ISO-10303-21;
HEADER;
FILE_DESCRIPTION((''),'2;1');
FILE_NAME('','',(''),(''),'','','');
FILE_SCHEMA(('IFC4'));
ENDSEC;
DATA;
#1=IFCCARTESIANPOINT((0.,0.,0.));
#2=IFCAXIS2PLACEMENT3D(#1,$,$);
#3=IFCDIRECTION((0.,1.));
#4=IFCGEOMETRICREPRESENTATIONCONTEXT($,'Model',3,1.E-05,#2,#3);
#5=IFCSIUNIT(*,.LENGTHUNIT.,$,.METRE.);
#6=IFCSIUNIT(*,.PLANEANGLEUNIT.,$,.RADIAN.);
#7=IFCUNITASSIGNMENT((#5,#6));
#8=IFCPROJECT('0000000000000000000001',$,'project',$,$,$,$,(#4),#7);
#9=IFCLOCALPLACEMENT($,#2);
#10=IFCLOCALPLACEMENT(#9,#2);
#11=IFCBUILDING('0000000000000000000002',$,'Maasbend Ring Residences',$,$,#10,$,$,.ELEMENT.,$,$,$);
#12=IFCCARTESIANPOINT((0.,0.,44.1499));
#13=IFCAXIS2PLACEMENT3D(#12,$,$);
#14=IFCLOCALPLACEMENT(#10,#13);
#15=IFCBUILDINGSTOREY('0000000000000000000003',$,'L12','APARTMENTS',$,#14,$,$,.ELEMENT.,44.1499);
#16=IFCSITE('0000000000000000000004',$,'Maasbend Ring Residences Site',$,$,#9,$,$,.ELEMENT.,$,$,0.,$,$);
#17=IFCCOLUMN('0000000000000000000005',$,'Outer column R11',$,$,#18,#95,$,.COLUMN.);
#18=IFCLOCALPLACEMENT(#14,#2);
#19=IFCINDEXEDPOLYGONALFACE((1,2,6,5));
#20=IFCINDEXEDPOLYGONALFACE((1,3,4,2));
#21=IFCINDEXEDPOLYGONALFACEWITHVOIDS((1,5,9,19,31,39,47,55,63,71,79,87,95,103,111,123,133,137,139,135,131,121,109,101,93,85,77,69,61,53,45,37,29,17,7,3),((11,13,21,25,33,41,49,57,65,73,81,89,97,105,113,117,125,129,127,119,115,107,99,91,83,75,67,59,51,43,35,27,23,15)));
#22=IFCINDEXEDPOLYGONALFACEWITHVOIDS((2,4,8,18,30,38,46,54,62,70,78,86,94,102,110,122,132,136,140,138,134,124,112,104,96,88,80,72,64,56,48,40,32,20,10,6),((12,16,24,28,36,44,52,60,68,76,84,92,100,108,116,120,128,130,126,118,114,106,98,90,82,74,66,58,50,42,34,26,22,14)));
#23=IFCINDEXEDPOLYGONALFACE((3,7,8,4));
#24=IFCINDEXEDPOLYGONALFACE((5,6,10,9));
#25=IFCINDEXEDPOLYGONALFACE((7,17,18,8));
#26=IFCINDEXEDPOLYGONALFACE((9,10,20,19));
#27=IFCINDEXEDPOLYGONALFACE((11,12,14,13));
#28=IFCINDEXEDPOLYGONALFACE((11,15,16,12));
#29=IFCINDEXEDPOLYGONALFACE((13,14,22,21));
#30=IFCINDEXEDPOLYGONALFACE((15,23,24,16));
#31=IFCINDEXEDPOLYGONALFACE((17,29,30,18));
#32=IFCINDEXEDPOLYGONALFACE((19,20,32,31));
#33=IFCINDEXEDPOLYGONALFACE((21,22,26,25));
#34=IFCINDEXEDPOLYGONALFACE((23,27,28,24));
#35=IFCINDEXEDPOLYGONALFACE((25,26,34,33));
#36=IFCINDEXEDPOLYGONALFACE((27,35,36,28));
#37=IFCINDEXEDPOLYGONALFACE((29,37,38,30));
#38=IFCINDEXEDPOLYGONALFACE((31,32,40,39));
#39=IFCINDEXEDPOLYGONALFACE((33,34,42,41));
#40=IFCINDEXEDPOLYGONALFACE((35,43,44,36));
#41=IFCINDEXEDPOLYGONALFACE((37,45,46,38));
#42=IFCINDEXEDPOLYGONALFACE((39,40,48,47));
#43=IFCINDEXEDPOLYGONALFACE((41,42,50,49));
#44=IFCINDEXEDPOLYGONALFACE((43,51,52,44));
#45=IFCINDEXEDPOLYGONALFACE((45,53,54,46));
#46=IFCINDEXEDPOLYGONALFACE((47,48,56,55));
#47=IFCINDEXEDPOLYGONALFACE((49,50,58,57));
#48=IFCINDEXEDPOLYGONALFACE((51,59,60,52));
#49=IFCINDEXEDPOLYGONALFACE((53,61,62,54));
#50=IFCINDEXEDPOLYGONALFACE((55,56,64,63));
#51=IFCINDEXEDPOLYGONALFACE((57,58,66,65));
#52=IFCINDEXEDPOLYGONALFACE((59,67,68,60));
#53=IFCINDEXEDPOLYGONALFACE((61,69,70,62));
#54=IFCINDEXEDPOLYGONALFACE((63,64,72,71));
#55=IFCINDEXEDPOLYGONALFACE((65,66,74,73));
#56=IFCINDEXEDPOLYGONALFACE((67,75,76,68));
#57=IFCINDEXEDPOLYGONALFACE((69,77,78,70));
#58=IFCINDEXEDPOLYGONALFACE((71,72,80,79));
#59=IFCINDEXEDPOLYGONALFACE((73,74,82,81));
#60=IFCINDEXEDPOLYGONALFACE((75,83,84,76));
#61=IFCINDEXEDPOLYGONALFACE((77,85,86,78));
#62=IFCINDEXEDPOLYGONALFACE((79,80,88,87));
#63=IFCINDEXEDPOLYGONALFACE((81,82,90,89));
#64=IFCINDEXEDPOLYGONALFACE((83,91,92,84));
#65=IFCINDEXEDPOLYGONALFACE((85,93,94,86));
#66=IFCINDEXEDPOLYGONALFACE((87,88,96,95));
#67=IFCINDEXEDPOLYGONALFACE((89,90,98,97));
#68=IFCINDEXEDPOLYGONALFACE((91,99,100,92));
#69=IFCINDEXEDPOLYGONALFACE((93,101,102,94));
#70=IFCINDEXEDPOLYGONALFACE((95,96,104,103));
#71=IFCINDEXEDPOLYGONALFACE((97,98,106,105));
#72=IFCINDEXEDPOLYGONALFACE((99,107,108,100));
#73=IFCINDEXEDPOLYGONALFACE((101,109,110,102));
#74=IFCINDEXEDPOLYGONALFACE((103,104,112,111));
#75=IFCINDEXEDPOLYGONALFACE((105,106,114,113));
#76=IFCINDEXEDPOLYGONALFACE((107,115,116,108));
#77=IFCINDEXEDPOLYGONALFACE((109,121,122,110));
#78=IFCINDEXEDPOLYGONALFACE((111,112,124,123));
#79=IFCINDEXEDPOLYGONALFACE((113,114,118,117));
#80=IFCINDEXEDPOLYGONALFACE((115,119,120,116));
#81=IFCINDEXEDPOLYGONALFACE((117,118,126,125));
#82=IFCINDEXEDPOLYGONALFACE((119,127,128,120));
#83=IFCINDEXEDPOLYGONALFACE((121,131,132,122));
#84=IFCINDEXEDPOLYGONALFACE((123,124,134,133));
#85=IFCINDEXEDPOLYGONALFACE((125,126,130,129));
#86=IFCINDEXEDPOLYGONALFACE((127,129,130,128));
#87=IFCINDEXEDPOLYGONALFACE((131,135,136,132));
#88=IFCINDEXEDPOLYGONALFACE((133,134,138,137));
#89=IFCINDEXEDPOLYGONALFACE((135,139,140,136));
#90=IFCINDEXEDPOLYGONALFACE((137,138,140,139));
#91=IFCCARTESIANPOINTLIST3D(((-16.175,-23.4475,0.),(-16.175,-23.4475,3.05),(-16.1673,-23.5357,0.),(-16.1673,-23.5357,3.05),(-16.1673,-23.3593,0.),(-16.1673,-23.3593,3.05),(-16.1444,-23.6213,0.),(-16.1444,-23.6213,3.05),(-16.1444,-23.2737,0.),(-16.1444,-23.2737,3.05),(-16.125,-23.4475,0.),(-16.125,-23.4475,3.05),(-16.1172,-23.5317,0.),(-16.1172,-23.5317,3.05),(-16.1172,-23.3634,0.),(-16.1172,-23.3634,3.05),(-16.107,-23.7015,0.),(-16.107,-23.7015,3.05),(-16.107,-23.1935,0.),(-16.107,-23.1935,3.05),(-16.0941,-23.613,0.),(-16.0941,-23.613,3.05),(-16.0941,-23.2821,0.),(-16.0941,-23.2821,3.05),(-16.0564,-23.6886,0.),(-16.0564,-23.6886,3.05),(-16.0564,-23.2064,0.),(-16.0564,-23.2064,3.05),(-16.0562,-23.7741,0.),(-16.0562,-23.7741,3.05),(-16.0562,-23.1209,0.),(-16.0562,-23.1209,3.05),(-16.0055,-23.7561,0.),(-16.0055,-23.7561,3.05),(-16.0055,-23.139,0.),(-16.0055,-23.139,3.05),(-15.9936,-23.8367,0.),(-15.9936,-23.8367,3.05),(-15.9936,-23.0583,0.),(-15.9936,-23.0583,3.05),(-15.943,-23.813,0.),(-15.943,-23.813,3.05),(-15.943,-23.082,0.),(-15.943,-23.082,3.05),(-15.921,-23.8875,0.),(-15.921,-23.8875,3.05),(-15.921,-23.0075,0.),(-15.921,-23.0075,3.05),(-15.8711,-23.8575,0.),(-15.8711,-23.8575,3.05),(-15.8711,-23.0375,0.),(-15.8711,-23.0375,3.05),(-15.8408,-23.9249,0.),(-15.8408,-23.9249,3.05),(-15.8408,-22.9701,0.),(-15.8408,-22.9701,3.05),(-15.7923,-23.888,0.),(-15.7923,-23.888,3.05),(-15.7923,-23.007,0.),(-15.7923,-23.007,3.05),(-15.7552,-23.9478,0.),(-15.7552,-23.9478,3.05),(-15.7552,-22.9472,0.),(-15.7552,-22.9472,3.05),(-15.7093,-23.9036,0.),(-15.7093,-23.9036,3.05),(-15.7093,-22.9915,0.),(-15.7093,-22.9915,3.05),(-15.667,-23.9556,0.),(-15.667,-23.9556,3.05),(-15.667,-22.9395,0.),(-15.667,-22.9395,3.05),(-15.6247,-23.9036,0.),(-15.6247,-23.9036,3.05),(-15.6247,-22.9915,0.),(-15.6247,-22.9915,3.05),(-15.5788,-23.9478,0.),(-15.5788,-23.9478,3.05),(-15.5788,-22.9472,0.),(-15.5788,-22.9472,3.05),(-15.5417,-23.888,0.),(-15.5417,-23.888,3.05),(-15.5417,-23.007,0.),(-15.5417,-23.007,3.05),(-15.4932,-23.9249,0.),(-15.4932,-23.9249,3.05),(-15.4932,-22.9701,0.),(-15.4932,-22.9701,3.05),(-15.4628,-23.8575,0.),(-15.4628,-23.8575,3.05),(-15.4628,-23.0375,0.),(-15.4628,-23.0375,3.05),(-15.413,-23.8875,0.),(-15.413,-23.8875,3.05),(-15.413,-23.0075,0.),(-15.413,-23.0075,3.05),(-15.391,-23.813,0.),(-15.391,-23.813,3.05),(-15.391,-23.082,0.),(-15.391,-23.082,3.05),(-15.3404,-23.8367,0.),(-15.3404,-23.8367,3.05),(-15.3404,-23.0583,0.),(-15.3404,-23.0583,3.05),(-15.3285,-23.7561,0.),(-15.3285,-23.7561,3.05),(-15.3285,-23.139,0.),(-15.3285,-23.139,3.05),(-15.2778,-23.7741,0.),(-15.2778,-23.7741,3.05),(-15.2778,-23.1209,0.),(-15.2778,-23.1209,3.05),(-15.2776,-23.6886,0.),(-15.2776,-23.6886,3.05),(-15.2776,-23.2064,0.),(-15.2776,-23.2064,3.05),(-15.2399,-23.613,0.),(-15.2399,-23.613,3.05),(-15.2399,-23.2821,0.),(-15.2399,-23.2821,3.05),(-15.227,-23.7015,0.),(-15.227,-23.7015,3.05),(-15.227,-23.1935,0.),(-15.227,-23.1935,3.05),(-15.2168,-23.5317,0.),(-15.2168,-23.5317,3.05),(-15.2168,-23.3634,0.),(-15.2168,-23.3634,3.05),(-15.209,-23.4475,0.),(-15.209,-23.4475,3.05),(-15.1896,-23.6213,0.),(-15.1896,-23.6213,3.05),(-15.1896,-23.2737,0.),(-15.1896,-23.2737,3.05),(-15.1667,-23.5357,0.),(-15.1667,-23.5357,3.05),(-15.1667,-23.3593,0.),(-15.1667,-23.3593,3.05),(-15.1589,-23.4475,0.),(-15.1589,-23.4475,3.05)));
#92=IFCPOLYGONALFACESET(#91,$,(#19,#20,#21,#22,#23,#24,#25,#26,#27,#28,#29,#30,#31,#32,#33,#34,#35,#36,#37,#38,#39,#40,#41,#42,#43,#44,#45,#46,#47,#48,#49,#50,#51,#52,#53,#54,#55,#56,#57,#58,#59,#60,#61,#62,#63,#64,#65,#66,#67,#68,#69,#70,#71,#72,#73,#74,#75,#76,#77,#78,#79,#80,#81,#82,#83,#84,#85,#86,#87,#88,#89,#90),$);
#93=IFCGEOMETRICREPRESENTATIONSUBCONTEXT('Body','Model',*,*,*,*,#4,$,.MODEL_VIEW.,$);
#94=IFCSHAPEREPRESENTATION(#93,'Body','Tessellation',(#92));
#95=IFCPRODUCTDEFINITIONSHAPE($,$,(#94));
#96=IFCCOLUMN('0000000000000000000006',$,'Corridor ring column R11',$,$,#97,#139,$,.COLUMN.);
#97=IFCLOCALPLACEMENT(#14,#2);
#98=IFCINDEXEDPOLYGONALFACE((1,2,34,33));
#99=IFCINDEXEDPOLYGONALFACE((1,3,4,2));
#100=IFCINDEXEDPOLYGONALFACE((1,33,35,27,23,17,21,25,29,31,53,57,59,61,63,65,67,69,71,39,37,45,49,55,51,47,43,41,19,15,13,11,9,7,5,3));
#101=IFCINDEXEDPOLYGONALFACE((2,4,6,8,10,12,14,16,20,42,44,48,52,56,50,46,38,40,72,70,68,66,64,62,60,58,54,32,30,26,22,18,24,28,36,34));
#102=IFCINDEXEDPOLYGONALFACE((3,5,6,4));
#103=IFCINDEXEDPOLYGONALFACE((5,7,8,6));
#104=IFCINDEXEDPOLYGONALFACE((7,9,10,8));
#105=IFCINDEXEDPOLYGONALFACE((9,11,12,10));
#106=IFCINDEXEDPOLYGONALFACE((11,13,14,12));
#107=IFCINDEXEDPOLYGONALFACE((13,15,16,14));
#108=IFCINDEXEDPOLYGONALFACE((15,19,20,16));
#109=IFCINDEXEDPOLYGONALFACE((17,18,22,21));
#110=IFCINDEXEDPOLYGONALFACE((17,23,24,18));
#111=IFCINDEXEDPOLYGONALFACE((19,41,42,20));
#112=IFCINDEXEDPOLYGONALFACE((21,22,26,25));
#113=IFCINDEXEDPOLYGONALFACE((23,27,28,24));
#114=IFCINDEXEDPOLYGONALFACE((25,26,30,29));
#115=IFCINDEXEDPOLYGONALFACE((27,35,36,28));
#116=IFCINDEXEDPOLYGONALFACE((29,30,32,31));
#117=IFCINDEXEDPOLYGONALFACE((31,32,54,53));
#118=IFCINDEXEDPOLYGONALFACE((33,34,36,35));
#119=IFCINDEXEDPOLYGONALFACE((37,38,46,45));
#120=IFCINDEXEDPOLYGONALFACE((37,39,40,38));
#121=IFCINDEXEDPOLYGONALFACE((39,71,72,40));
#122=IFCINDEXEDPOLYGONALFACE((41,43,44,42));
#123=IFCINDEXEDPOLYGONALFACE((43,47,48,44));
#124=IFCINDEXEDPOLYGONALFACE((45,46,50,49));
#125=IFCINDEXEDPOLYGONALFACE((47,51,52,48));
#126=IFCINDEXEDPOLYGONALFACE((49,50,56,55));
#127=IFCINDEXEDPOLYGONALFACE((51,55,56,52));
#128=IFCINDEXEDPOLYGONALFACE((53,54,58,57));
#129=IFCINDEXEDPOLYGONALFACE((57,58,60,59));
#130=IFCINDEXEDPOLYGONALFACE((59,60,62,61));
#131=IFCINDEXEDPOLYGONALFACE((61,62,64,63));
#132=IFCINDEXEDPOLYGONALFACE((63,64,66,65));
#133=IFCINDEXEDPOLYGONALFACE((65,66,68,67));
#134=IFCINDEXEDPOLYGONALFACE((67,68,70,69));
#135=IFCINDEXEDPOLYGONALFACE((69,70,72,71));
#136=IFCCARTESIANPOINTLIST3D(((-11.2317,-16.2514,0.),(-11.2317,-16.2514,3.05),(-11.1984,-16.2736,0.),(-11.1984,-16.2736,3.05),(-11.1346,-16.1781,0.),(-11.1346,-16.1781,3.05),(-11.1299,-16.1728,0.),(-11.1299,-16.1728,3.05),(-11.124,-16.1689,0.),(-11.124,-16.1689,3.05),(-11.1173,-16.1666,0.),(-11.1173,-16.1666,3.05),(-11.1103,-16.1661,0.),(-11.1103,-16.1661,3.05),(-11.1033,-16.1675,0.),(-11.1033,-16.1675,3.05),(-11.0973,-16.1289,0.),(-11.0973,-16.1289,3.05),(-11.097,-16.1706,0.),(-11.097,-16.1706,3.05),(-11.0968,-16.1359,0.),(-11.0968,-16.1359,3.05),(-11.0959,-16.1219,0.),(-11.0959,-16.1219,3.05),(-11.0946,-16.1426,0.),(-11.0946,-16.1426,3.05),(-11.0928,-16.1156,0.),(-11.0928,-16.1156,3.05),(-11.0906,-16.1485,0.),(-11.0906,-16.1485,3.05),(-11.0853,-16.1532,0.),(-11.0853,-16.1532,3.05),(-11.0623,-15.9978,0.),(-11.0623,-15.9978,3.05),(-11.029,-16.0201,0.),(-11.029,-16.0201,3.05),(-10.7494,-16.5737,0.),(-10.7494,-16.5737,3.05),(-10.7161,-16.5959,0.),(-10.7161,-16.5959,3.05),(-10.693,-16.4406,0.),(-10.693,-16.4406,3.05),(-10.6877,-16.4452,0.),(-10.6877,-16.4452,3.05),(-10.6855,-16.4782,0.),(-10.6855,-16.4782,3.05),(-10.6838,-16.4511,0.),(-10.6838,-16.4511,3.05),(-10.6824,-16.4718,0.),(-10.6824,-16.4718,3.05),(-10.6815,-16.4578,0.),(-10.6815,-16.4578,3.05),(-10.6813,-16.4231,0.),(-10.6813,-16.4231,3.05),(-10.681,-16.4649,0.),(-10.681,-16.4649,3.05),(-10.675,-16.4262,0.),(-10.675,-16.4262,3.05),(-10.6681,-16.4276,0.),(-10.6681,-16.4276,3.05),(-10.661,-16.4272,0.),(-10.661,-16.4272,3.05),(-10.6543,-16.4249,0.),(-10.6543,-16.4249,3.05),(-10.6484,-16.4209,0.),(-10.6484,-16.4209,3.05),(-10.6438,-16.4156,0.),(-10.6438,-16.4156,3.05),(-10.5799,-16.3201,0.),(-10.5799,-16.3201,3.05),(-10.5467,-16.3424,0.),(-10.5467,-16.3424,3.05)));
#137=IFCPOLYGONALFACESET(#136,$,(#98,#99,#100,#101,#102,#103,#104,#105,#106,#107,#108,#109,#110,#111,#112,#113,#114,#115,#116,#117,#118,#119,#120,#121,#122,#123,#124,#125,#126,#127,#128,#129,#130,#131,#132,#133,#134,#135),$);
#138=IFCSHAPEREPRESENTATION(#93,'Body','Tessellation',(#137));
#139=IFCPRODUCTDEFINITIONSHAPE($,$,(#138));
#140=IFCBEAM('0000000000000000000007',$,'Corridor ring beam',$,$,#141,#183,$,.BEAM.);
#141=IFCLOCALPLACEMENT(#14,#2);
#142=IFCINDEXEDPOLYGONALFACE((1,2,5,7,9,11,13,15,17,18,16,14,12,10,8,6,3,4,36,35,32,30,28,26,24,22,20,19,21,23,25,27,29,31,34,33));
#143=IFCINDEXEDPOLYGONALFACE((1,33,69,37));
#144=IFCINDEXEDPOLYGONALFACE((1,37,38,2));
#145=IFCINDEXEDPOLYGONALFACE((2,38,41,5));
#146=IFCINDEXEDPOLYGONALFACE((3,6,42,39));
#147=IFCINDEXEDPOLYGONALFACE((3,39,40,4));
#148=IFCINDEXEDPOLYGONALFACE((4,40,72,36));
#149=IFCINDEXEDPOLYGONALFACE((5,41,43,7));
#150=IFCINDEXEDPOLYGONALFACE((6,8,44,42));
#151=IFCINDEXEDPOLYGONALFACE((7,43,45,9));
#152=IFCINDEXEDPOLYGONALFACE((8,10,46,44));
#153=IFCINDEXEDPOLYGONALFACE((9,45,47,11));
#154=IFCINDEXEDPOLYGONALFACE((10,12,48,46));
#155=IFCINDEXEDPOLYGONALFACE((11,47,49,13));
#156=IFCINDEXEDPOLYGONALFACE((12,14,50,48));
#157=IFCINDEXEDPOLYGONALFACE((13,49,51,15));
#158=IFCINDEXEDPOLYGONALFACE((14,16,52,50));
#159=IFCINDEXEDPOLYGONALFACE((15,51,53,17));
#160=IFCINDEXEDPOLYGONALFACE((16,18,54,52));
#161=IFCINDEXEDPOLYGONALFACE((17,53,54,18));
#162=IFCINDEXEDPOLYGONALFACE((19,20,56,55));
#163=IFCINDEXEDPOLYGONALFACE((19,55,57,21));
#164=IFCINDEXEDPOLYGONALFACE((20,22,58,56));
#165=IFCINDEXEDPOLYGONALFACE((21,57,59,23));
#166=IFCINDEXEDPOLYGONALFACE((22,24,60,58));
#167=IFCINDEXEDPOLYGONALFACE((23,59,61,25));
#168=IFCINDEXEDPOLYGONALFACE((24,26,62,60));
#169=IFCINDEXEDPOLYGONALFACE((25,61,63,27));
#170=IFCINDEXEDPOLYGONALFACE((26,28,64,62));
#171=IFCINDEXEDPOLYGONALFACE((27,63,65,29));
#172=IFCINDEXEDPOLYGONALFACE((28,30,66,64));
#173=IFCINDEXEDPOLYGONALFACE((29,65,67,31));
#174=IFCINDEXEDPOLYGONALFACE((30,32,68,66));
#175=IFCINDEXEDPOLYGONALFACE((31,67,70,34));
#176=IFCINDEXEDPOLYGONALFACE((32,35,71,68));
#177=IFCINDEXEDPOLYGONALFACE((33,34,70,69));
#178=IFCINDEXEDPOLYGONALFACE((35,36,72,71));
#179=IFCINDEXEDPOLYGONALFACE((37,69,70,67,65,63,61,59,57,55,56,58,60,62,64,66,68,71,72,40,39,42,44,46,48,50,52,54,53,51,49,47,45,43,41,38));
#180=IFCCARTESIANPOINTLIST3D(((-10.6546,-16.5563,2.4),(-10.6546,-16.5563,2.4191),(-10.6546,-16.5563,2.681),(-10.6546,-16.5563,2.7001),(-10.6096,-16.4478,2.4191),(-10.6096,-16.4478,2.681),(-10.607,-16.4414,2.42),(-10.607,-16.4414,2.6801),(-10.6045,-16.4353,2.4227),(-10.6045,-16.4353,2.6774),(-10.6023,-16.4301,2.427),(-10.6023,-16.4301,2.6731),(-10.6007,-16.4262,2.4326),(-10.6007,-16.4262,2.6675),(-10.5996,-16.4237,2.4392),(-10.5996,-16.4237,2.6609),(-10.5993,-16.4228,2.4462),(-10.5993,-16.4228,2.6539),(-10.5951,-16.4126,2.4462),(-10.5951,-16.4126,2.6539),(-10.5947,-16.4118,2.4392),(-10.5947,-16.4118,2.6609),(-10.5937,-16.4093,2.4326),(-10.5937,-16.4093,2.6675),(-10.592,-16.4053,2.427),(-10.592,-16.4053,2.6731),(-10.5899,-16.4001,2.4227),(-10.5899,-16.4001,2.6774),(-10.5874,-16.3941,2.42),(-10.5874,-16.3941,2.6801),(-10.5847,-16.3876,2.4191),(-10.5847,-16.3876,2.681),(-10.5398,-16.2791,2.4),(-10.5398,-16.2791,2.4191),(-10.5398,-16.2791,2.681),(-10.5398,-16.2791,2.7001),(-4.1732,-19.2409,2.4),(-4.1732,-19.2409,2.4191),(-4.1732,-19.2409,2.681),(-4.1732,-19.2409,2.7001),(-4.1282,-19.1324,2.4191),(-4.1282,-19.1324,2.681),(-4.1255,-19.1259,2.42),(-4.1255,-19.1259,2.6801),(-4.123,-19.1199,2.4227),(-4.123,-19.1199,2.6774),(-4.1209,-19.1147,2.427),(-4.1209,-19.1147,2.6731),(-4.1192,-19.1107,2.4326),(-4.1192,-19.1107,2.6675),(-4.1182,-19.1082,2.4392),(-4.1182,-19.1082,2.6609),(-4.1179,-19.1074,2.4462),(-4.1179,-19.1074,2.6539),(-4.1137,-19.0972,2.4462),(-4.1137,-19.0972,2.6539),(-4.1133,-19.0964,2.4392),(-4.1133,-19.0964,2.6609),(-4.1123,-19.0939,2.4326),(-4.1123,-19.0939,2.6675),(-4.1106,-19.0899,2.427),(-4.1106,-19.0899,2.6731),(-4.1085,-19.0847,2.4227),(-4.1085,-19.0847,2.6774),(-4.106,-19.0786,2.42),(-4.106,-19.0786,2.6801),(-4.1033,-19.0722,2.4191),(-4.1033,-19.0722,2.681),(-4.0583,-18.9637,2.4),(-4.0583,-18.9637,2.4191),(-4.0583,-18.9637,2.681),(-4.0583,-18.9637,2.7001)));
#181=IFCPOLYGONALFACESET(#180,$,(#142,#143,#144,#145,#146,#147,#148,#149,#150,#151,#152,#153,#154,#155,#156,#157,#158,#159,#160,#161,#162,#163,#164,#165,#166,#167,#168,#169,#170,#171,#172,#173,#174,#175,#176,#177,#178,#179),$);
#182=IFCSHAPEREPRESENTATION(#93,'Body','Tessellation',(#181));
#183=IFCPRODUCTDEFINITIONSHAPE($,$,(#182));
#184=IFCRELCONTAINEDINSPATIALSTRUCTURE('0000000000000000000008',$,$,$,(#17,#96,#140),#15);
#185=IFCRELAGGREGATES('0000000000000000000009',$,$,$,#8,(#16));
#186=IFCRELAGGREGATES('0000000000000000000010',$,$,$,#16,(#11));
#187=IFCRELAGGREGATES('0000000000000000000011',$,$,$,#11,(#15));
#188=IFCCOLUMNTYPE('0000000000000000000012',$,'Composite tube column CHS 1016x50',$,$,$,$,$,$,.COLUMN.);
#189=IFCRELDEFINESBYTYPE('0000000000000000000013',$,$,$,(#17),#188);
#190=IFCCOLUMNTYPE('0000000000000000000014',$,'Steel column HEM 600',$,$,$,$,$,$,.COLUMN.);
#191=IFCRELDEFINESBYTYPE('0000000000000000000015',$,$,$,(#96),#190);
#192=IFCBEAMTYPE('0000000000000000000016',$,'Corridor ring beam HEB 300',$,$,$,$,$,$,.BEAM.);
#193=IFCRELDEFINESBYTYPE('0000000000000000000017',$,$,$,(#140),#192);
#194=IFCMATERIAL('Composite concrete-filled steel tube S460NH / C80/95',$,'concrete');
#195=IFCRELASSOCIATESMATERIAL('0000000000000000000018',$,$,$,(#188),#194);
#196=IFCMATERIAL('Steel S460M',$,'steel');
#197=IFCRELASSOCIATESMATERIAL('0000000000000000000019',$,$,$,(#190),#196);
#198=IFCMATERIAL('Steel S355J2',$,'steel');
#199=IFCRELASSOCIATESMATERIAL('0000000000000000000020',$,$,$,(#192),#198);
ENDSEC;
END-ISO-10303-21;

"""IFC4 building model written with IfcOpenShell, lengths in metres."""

from ifc_helpers import new_model, si_unit, direction, frame, origin, origin_2d, place, context, subcontext, project, spatial, hollow_circle, i_section, extrude, material, material_profile, profile_set, type_object, element, save


model = new_model("IFC4")

# Units and contexts
model_context = context("Model", 3, precision=1e-05, world=origin(), true_north=direction((0.0, 1.0)))
body_context = subcontext(model_context, "Body", "Model", "MODEL_VIEW")
ifc_project = project(units=[si_unit("LENGTHUNIT", "METRE"), si_unit("PLANEANGLEUNIT", "RADIAN")], contexts=[model_context])

# Site, building, storey
site_placement = place(None, origin())
site = spatial("IfcSite", under=ifc_project, at=site_placement, Name="Maasbend Ring Residences Site", CompositionType="ELEMENT", RefElevation=0.0)
building_placement = place(site_placement, origin())
building = spatial("IfcBuilding", under=site, at=building_placement, Name="Maasbend Ring Residences", CompositionType="ELEMENT")
storey_placement = place(building_placement, frame((0.0, 0.0, 44.1499)))
storey = spatial("IfcBuildingStorey", under=building, at=storey_placement, Name="L12", Description="APARTMENTS", CompositionType="ELEMENT", Elevation=44.1499)

# Columns
ifc_material_1 = material(Name="Composite concrete-filled steel tube S460NH / C80/95", Category="concrete")
ifc_material_profile_1 = material_profile(ifc_material_1, hollow_circle(Radius=0.5081, WallThickness=0.05, at=origin_2d()), Name="Composite tube column CHS 1016x50")
ifc_profile_set_1 = profile_set([ifc_material_profile_1], Name="Composite concrete-filled steel tube S460NH / C80/95")
column_type_1 = type_object("IfcColumnType", Name="Composite tube column CHS 1016x50", PredefinedType="COLUMN", material=ifc_profile_set_1)
column_1_placement = place(storey_placement, frame((-15.667, -23.4475, 0.0), z_axis=(0.0, 0.0, 1.0), x_axis=(1.0, 0.0, 0.0)))
element("IfcColumn", 1, at=column_1_placement, inside=storey, type_object=column_type_1, Name="Outer column R11", PredefinedType="COLUMN", context=body_context, shape_type="SweptSolid", body=[
    extrude(hollow_circle(Radius=0.5081, WallThickness=0.05, at=origin_2d()), origin(), (0.0, 0.0, 1.0), 3.05),
])
ifc_material_2 = material(Name="Steel S460M", Category="steel")
ifc_material_profile_2 = material_profile(ifc_material_2, i_section(OverallWidth=0.3049, OverallDepth=0.6201, WebThickness=0.021, FlangeThickness=0.04, FilletRadius=0.0271, at=origin_2d()), Name="HEM 600")
ifc_profile_set_2 = profile_set([ifc_material_profile_2], Name="Steel S460M")
column_type_2 = type_object("IfcColumnType", Name="Steel column HEM 600", PredefinedType="COLUMN", material=ifc_profile_set_2)
column_2_placement = place(storey_placement, frame((-10.8892, -16.2969, 0.0), z_axis=(0.0, 0.0, 1.0), x_axis=(-0.55557, -0.83147, 0.0)))
element("IfcColumn", 2, at=column_2_placement, inside=storey, type_object=column_type_2, Name="Corridor ring column R11", PredefinedType="COLUMN", context=body_context, shape_type="SweptSolid", body=[
    extrude(i_section(OverallWidth=0.3049, OverallDepth=0.6201, WebThickness=0.021, FlangeThickness=0.04, FilletRadius=0.0271, at=origin_2d()), origin(), (0.0, 0.0, 1.0), 3.05),
])

# Beam
ifc_material_3 = material(Name="Steel S355J2", Category="steel")
ifc_material_profile_3 = material_profile(ifc_material_3, i_section(OverallWidth=0.3, OverallDepth=0.3, WebThickness=0.011, FlangeThickness=0.019, FilletRadius=0.0271, at=origin_2d()), Name="HEB 300")
ifc_profile_set_3 = profile_set([ifc_material_profile_3], Name="Steel S355J2")
beam_type_1 = type_object("IfcBeamType", Name="Corridor ring beam HEB 300", PredefinedType="BEAM", material=ifc_profile_set_3)
beam_1_placement = place(storey_placement, frame((-10.5972, -16.4177, 2.55), z_axis=(0.923886, -0.382667, 0.0), x_axis=(0.382667, 0.923886, 0.0)))
element("IfcBeam", 3, at=beam_1_placement, inside=storey, type_object=beam_type_1, Name="Corridor ring beam", PredefinedType="BEAM", context=body_context, shape_type="SweptSolid", body=[
    extrude(i_section(OverallWidth=0.3, OverallDepth=0.3, WebThickness=0.011, FlangeThickness=0.019, FilletRadius=0.0271, at=origin_2d()), origin(), (0.0, 0.0, 1.0), 7.0154),
])

save(model, "model.ifc")
